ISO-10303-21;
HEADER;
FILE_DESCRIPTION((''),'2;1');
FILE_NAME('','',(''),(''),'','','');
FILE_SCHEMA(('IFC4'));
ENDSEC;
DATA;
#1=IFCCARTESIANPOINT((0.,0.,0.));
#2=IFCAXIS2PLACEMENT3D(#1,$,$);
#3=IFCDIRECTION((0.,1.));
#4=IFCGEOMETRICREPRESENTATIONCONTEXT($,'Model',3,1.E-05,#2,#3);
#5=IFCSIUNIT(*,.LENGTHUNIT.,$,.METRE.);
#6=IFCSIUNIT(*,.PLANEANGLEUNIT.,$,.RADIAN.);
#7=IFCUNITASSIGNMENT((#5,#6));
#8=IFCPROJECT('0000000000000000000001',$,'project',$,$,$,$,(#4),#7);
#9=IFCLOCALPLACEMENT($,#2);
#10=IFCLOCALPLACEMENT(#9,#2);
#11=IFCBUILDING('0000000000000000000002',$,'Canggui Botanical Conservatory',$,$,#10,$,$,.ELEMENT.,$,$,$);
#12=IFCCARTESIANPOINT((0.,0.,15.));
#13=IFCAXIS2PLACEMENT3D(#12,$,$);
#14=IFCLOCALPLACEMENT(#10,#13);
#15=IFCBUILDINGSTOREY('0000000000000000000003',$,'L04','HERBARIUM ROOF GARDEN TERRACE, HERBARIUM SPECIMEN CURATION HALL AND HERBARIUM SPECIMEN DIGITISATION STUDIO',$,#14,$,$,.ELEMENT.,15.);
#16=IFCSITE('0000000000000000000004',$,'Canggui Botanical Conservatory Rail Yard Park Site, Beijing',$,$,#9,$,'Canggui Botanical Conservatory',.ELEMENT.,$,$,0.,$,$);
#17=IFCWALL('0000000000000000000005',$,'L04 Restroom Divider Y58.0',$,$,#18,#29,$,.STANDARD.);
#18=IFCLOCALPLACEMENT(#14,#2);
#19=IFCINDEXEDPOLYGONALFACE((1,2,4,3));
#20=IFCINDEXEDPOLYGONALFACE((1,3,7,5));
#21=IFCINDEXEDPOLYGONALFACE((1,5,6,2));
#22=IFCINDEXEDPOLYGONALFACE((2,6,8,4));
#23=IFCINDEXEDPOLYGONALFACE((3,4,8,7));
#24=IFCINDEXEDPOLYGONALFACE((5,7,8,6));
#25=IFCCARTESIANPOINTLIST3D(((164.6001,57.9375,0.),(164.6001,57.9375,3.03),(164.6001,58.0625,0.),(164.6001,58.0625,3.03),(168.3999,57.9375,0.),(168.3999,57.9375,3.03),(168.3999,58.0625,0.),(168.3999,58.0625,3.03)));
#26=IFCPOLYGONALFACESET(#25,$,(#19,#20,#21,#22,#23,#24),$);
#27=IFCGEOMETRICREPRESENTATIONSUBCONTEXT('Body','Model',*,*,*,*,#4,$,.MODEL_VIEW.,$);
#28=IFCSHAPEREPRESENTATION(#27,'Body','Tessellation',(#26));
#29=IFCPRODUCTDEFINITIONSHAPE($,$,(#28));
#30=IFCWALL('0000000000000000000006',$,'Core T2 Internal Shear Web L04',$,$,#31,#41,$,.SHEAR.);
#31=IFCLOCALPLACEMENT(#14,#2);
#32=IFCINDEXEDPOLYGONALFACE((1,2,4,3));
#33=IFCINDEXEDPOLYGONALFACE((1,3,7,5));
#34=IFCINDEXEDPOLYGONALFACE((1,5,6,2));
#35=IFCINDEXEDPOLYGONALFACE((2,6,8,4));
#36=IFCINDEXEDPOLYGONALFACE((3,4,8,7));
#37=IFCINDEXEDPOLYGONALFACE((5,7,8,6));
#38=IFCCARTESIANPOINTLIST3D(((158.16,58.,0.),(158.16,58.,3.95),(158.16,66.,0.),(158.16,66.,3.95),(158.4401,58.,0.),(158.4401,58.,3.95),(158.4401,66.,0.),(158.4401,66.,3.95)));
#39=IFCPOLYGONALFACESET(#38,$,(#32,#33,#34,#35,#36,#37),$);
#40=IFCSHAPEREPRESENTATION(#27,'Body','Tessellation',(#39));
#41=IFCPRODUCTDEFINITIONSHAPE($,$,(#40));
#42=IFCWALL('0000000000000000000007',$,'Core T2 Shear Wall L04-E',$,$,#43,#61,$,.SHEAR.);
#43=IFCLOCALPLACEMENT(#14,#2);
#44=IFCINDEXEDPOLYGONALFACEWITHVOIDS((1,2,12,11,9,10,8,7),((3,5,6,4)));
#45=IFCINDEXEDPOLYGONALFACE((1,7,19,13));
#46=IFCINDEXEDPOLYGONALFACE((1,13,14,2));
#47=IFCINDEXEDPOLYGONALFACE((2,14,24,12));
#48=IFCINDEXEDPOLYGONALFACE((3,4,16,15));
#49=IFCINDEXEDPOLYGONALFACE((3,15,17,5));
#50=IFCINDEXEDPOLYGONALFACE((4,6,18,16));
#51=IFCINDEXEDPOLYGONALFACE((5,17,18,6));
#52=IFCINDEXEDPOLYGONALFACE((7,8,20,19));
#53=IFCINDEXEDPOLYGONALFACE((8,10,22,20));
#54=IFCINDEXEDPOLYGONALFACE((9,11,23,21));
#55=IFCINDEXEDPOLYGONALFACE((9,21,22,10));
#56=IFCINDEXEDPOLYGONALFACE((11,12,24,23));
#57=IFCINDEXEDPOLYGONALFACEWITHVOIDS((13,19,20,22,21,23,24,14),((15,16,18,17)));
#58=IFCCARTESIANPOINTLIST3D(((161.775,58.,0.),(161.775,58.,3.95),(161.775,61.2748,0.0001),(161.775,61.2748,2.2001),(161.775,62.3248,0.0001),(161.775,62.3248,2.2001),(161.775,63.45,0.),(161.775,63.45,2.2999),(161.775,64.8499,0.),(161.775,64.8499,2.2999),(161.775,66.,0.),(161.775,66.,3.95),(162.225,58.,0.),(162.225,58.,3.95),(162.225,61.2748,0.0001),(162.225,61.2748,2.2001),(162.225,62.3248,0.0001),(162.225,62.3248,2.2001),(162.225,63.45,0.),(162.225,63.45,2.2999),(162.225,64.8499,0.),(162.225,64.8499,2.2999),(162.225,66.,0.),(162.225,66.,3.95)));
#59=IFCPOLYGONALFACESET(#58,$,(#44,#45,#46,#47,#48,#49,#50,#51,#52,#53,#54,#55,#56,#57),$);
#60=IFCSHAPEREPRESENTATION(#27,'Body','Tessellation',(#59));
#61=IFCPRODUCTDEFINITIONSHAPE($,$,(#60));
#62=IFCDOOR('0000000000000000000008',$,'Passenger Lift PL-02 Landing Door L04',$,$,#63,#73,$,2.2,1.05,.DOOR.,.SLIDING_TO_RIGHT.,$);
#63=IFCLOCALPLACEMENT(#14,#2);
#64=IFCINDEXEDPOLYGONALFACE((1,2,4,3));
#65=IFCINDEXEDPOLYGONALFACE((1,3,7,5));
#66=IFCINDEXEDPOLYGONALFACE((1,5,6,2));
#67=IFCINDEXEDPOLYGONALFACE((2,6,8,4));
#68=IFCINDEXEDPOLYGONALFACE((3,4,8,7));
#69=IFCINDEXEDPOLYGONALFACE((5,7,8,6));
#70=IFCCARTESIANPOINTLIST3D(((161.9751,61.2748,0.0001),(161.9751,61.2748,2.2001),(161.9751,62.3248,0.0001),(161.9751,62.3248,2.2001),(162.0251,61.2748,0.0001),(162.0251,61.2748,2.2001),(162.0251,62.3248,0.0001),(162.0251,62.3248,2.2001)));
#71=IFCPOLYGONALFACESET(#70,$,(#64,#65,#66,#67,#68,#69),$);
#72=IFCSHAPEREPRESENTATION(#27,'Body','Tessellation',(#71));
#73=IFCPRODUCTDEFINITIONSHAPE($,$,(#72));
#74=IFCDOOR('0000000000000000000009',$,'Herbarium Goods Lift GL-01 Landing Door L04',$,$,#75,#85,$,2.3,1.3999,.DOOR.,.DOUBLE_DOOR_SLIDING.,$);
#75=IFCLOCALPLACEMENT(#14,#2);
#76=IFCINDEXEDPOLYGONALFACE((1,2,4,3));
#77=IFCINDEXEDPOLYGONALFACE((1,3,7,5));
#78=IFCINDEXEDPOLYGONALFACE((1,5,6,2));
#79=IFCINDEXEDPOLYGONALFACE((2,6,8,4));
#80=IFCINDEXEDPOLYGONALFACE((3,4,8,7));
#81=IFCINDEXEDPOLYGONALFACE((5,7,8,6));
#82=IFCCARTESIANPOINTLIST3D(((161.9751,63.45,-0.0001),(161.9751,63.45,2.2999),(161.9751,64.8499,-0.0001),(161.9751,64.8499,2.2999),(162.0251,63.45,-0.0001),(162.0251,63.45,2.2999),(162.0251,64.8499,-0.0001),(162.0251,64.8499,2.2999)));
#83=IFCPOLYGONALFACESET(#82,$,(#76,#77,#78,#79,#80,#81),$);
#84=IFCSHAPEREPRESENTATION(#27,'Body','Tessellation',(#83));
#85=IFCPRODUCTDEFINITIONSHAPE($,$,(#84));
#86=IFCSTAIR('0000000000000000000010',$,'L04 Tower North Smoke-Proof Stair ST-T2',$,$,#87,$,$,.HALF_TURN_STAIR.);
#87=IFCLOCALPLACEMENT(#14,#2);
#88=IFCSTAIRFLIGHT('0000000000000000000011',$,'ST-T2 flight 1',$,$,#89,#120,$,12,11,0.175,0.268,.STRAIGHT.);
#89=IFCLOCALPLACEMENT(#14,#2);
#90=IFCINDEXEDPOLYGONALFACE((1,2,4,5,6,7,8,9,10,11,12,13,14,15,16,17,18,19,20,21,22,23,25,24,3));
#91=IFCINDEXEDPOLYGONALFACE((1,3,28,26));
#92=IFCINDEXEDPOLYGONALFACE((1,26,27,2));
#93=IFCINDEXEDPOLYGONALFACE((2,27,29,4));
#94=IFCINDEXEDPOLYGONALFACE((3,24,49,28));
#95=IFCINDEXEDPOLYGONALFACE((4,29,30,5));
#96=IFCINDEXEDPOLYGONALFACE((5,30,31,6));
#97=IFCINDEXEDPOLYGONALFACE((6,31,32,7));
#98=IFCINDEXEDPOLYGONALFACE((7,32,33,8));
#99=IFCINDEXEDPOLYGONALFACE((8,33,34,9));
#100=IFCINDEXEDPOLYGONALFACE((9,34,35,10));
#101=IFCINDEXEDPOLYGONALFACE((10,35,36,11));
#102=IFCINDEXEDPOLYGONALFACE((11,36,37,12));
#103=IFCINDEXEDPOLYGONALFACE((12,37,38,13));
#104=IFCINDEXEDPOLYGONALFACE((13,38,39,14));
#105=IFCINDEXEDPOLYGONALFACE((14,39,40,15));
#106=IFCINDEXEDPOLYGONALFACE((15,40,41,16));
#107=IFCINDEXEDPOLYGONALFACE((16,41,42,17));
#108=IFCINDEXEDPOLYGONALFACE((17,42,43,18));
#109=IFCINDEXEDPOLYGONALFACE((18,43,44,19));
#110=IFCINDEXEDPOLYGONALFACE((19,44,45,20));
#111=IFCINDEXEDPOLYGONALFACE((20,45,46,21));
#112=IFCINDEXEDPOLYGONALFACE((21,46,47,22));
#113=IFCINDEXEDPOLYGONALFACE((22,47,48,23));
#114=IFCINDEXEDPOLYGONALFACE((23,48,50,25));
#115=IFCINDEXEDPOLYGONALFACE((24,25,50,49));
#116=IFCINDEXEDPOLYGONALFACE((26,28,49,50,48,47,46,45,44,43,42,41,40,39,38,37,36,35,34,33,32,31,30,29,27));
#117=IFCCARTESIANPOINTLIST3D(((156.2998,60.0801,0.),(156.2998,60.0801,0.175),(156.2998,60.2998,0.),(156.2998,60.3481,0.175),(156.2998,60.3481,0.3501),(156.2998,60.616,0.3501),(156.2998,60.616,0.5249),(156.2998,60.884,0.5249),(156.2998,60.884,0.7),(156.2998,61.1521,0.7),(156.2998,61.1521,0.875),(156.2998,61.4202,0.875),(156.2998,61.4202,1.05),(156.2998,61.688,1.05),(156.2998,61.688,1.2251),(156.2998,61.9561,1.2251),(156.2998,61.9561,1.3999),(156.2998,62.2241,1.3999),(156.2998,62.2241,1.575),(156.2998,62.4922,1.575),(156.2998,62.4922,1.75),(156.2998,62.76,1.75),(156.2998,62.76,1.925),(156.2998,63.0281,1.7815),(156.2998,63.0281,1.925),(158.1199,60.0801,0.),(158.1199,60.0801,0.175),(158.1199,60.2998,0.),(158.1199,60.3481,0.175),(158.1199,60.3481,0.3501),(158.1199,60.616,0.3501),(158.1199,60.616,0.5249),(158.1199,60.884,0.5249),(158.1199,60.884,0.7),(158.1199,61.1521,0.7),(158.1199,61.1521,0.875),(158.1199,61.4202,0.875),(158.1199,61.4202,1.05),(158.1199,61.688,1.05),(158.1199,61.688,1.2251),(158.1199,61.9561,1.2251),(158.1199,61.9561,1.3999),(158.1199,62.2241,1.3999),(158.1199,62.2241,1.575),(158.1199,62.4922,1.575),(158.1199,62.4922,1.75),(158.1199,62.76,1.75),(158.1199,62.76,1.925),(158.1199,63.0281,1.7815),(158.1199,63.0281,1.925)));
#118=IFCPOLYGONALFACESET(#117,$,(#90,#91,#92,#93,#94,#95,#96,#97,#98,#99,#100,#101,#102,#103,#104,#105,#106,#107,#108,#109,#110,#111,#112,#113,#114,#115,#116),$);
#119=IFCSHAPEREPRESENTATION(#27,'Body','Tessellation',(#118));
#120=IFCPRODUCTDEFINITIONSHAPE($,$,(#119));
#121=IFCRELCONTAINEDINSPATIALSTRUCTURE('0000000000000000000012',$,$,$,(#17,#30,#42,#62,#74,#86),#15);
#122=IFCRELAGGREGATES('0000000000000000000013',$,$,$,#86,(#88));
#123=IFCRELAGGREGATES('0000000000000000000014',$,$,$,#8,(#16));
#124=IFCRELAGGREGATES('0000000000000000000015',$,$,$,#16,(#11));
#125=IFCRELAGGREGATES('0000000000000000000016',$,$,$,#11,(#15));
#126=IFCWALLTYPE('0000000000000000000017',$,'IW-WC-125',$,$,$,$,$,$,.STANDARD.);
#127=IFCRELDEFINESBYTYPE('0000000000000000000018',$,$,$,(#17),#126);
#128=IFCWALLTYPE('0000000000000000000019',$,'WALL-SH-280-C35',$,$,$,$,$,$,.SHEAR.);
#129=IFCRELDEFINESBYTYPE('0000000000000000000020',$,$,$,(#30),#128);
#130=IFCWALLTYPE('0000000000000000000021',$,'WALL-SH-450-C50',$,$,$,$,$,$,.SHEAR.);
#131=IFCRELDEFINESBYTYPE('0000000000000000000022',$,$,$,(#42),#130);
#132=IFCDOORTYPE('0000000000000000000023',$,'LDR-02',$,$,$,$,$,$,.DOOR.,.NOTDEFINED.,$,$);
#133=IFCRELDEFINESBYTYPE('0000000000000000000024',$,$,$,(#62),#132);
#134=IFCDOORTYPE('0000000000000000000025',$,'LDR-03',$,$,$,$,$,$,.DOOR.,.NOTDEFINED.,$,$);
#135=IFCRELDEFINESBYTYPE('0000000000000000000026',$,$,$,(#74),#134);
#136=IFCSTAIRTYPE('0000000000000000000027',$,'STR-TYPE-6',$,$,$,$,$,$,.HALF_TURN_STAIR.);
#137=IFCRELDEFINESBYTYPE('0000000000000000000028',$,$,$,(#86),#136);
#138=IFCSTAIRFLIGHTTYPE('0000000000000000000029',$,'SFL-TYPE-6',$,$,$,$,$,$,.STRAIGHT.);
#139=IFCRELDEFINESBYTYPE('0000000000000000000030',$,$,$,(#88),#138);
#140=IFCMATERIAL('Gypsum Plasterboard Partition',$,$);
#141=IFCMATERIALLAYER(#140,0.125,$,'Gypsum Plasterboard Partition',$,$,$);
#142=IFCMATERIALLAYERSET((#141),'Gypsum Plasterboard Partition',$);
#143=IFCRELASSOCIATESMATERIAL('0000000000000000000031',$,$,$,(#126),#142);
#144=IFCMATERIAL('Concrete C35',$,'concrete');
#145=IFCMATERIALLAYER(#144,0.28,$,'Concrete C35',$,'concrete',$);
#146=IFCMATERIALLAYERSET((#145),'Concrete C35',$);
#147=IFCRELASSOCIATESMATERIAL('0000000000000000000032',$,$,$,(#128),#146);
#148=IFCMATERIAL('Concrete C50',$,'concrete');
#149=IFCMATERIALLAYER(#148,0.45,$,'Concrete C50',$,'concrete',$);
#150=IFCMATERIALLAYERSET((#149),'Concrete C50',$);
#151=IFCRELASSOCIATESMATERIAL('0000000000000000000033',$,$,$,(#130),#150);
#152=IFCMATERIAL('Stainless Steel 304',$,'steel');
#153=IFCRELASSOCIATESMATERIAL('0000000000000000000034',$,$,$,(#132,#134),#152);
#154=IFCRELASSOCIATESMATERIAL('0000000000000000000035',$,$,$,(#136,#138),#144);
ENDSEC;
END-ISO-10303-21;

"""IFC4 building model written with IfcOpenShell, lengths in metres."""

from ifc_helpers import new_model, si_unit, direction, frame, frame_2d, origin, place, context, subcontext, project, spatial, polyline, rectangle, outline, extrude, material, layer, layer_set, type_object, element, fill, aggregate, save


model = new_model("IFC4")

# Units and contexts
model_context = context("Model", 3, precision=1e-05, world=origin(), true_north=direction((0.0, 1.0)))
body_context = subcontext(model_context, "Body", "Model", "MODEL_VIEW")
ifc_project = project(units=[si_unit("LENGTHUNIT", "METRE"), si_unit("PLANEANGLEUNIT", "RADIAN")], contexts=[model_context])

# Site, building, storey
site_placement = place(None, origin())
site = spatial("IfcSite", under=ifc_project, at=site_placement, Name="Canggui Botanical Conservatory Rail Yard Park Site, Beijing", LongName="Canggui Botanical Conservatory", CompositionType="ELEMENT", RefElevation=0.0)
building_placement = place(site_placement, origin())
building = spatial("IfcBuilding", under=site, at=building_placement, Name="Canggui Botanical Conservatory", CompositionType="ELEMENT")
storey_placement = place(building_placement, frame((0.0, 0.0, 15.0)))
storey = spatial("IfcBuildingStorey", under=building, at=storey_placement, Name="L04", Description="HERBARIUM ROOF GARDEN TERRACE, HERBARIUM SPECIMEN CURATION HALL AND HERBARIUM SPECIMEN DIGITISATION STUDIO", CompositionType="ELEMENT", Elevation=15.0)

# Shared definitions
ifc_material_1 = material(Name="Concrete C50", Category="concrete")

# Shared definitions
ifc_material_2 = material(Name="Concrete C35", Category="concrete")

# Shared definitions
ifc_material_3 = material(Name="Gypsum Plasterboard Partition")

# Walls
ifc_layer_1 = layer(ifc_material_3, 0.125, Name="Gypsum Plasterboard Partition")
ifc_layer_set_1 = layer_set([ifc_layer_1], Name="Gypsum Plasterboard Partition")
wall_type_1 = type_object("IfcWallType", Name="IW-WC-125", PredefinedType="STANDARD", material=ifc_layer_set_1)
wall_1_placement = place(storey_placement, frame((164.6001, 58.0, 0.0), z_axis=(0.0, 0.0, 1.0), x_axis=(1.0, 0.0, 0.0)))
element("IfcWall", 1, at=wall_1_placement, inside=storey, type_object=wall_type_1, Name="L04 Restroom Divider Y58.0", PredefinedType="STANDARD", context=body_context, shape_type="SweptSolid", body=[
    extrude(rectangle(XDim=3.7998, YDim=0.125, at=frame_2d((1.8999, 0.0))), origin(), (0.0, 0.0, 1.0), 3.03),
])
ifc_layer_2 = layer(ifc_material_2, 0.28, Name="Concrete C35", Category="concrete")
ifc_layer_set_2 = layer_set([ifc_layer_2], Name="Concrete C35")
wall_type_2 = type_object("IfcWallType", Name="WALL-SH-280-C35", PredefinedType="SHEAR", material=ifc_layer_set_2)
wall_2_placement = place(storey_placement, frame((158.3, 58.0, 0.0), z_axis=(0.0, 0.0, 1.0), x_axis=(0.0, 1.0, 0.0)))
element("IfcWall", 2, at=wall_2_placement, inside=storey, type_object=wall_type_2, Name="Core T2 Internal Shear Web L04", PredefinedType="SHEAR", context=body_context, shape_type="SweptSolid", body=[
    extrude(rectangle(XDim=8.0, YDim=0.28, at=frame_2d((4.0, 0.0))), origin(), (0.0, 0.0, 1.0), 3.95),
])

# Wall, openings, doors
ifc_layer_3 = layer(ifc_material_1, 0.45, Name="Concrete C50", Category="concrete")
ifc_layer_set_3 = layer_set([ifc_layer_3], Name="Concrete C50")
wall_type_3 = type_object("IfcWallType", Name="WALL-SH-450-C50", PredefinedType="SHEAR", material=ifc_layer_set_3)
wall_3_placement = place(storey_placement, frame((162.0, 58.0, 0.0), z_axis=(0.0, 0.0, 1.0), x_axis=(0.0, 1.0, 0.0)))
wall_3 = element("IfcWall", 3, at=wall_3_placement, inside=storey, type_object=wall_type_3, Name="Core T2 Shear Wall L04-E", PredefinedType="SHEAR", context=body_context, shape_type="SweptSolid", body=[
    extrude(rectangle(XDim=8.0, YDim=0.45, at=frame_2d((4.0, 0.0))), origin(), (0.0, 0.0, 1.0), 3.95),
])
opening_1_placement = place(wall_3_placement, frame((3.2749, 0.0, 0.0)))
opening_1 = element("IfcOpeningElement", 4, at=opening_1_placement, cuts=wall_3, PredefinedType="OPENING", context=body_context, shape_type="SweptSolid", body=[
    extrude(rectangle(XDim=1.05, YDim=2.2, at=frame_2d((0.5249, 1.1001))), frame((0.0, 0.2349, 0.0), z_axis=(0.0, -1.0, 0.0), x_axis=(1.0, 0.0, 0.0)), (0.0, 0.0, 1.0), 0.47),
])
opening_2_placement = place(wall_3_placement, frame((5.45, 0.0, 0.0)))
opening_2 = element("IfcOpeningElement", 5, at=opening_2_placement, cuts=wall_3, PredefinedType="OPENING", context=body_context, shape_type="SweptSolid", body=[
    extrude(rectangle(XDim=1.3999, YDim=2.3, at=frame_2d((0.7, 1.1499))), frame((0.0, 0.2349, 0.0), z_axis=(0.0, -1.0, 0.0), x_axis=(1.0, 0.0, 0.0)), (0.0, 0.0, 1.0), 0.47),
])
ifc_material_4 = material(Name="Stainless Steel 304", Category="steel")
door_type_1 = type_object("IfcDoorType", Name="LDR-02", OperationType="NOTDEFINED", PredefinedType="DOOR", material=ifc_material_4)
door_1_placement = place(opening_1_placement, origin())
door_1 = element("IfcDoor", 6, at=door_1_placement, inside=storey, type_object=door_type_1, Name="Passenger Lift PL-02 Landing Door L04", OperationType="SLIDING_TO_RIGHT", OverallHeight=2.2, OverallWidth=1.05, PredefinedType="DOOR", context=body_context, shape_type="SweptSolid", body=[
    extrude(rectangle(XDim=1.05, YDim=2.2, at=frame_2d((0.5249, 1.1001))), frame((0.0, 0.0249, 0.0), z_axis=(0.0, -1.0, 0.0), x_axis=(1.0, 0.0, 0.0)), (0.0, 0.0, 1.0), 0.05),
])
fill(opening_1, door_1)
door_type_2 = type_object("IfcDoorType", Name="LDR-03", OperationType="NOTDEFINED", PredefinedType="DOOR", material=ifc_material_4)
door_2_placement = place(opening_2_placement, origin())
door_2 = element("IfcDoor", 7, at=door_2_placement, inside=storey, type_object=door_type_2, Name="Herbarium Goods Lift GL-01 Landing Door L04", OperationType="DOUBLE_DOOR_SLIDING", OverallHeight=2.3, OverallWidth=1.3999, PredefinedType="DOOR", context=body_context, shape_type="SweptSolid", body=[
    extrude(rectangle(XDim=1.3999, YDim=2.3, at=frame_2d((0.7, 1.1499))), frame((0.0, 0.0249, 0.0), z_axis=(0.0, -1.0, 0.0), x_axis=(1.0, 0.0, 0.0)), (0.0, 0.0, 1.0), 0.05),
])
fill(opening_2, door_2)

# Stair, stair flight
stair_type = type_object("IfcStairType", Name="STR-TYPE-6", PredefinedType="HALF_TURN_STAIR", material=ifc_material_2)
stair_placement = place(storey_placement, origin())
stair = element("IfcStair", 8, at=stair_placement, inside=storey, type_object=stair_type, Name="L04 Tower North Smoke-Proof Stair ST-T2", PredefinedType="HALF_TURN_STAIR")
stair_flight_type = type_object("IfcStairFlightType", Name="SFL-TYPE-6", PredefinedType="STRAIGHT", material=ifc_material_2)
stair_flight_placement = place(storey_placement, frame((157.21, 60.0801, 0.0), z_axis=(0.0, 0.0, 1.0), x_axis=(0.0, 1.0, 0.0)))
stair_flight = element("IfcStairFlight", 9, at=stair_flight_placement, type_object=stair_flight_type, Name="ST-T2 flight 1", NumberOfRisers=12, NumberOfTreads=11, PredefinedType="STRAIGHT", RiserHeight=0.175, TreadLength=0.268, context=body_context, shape_type="SweptSolid", body=[
    extrude(outline(polyline([(0.0, 0.0), (0.0, 0.175), (0.2681, 0.175), (0.2681, 0.3501), (0.5359, 0.3501), (0.5359, 0.5249), (0.804, 0.5249), (0.804, 0.7), (1.072, 0.7), (1.072, 0.875), (1.3401, 0.875), (1.3401, 1.05), (1.6079, 1.05), (1.6079, 1.2251), (1.876, 1.2251), (1.876, 1.3999), (2.144, 1.3999), (2.144, 1.575), (2.4121, 1.575), (2.4121, 1.75), (2.6799, 1.75), (2.6799, 1.925), (2.948, 1.925), (2.948, 2.1001), (2.948, 1.7815), (0.2197, 0.0), (0.0, 0.0)])), frame((0.0, 0.9102, 0.0), z_axis=(0.0, -1.0, 0.0), x_axis=(1.0, 0.0, 0.0)), (0.0, 0.0, 1.0), 1.8201),
])
aggregate(stair, [stair_flight])

save(model, "model.ifc")
